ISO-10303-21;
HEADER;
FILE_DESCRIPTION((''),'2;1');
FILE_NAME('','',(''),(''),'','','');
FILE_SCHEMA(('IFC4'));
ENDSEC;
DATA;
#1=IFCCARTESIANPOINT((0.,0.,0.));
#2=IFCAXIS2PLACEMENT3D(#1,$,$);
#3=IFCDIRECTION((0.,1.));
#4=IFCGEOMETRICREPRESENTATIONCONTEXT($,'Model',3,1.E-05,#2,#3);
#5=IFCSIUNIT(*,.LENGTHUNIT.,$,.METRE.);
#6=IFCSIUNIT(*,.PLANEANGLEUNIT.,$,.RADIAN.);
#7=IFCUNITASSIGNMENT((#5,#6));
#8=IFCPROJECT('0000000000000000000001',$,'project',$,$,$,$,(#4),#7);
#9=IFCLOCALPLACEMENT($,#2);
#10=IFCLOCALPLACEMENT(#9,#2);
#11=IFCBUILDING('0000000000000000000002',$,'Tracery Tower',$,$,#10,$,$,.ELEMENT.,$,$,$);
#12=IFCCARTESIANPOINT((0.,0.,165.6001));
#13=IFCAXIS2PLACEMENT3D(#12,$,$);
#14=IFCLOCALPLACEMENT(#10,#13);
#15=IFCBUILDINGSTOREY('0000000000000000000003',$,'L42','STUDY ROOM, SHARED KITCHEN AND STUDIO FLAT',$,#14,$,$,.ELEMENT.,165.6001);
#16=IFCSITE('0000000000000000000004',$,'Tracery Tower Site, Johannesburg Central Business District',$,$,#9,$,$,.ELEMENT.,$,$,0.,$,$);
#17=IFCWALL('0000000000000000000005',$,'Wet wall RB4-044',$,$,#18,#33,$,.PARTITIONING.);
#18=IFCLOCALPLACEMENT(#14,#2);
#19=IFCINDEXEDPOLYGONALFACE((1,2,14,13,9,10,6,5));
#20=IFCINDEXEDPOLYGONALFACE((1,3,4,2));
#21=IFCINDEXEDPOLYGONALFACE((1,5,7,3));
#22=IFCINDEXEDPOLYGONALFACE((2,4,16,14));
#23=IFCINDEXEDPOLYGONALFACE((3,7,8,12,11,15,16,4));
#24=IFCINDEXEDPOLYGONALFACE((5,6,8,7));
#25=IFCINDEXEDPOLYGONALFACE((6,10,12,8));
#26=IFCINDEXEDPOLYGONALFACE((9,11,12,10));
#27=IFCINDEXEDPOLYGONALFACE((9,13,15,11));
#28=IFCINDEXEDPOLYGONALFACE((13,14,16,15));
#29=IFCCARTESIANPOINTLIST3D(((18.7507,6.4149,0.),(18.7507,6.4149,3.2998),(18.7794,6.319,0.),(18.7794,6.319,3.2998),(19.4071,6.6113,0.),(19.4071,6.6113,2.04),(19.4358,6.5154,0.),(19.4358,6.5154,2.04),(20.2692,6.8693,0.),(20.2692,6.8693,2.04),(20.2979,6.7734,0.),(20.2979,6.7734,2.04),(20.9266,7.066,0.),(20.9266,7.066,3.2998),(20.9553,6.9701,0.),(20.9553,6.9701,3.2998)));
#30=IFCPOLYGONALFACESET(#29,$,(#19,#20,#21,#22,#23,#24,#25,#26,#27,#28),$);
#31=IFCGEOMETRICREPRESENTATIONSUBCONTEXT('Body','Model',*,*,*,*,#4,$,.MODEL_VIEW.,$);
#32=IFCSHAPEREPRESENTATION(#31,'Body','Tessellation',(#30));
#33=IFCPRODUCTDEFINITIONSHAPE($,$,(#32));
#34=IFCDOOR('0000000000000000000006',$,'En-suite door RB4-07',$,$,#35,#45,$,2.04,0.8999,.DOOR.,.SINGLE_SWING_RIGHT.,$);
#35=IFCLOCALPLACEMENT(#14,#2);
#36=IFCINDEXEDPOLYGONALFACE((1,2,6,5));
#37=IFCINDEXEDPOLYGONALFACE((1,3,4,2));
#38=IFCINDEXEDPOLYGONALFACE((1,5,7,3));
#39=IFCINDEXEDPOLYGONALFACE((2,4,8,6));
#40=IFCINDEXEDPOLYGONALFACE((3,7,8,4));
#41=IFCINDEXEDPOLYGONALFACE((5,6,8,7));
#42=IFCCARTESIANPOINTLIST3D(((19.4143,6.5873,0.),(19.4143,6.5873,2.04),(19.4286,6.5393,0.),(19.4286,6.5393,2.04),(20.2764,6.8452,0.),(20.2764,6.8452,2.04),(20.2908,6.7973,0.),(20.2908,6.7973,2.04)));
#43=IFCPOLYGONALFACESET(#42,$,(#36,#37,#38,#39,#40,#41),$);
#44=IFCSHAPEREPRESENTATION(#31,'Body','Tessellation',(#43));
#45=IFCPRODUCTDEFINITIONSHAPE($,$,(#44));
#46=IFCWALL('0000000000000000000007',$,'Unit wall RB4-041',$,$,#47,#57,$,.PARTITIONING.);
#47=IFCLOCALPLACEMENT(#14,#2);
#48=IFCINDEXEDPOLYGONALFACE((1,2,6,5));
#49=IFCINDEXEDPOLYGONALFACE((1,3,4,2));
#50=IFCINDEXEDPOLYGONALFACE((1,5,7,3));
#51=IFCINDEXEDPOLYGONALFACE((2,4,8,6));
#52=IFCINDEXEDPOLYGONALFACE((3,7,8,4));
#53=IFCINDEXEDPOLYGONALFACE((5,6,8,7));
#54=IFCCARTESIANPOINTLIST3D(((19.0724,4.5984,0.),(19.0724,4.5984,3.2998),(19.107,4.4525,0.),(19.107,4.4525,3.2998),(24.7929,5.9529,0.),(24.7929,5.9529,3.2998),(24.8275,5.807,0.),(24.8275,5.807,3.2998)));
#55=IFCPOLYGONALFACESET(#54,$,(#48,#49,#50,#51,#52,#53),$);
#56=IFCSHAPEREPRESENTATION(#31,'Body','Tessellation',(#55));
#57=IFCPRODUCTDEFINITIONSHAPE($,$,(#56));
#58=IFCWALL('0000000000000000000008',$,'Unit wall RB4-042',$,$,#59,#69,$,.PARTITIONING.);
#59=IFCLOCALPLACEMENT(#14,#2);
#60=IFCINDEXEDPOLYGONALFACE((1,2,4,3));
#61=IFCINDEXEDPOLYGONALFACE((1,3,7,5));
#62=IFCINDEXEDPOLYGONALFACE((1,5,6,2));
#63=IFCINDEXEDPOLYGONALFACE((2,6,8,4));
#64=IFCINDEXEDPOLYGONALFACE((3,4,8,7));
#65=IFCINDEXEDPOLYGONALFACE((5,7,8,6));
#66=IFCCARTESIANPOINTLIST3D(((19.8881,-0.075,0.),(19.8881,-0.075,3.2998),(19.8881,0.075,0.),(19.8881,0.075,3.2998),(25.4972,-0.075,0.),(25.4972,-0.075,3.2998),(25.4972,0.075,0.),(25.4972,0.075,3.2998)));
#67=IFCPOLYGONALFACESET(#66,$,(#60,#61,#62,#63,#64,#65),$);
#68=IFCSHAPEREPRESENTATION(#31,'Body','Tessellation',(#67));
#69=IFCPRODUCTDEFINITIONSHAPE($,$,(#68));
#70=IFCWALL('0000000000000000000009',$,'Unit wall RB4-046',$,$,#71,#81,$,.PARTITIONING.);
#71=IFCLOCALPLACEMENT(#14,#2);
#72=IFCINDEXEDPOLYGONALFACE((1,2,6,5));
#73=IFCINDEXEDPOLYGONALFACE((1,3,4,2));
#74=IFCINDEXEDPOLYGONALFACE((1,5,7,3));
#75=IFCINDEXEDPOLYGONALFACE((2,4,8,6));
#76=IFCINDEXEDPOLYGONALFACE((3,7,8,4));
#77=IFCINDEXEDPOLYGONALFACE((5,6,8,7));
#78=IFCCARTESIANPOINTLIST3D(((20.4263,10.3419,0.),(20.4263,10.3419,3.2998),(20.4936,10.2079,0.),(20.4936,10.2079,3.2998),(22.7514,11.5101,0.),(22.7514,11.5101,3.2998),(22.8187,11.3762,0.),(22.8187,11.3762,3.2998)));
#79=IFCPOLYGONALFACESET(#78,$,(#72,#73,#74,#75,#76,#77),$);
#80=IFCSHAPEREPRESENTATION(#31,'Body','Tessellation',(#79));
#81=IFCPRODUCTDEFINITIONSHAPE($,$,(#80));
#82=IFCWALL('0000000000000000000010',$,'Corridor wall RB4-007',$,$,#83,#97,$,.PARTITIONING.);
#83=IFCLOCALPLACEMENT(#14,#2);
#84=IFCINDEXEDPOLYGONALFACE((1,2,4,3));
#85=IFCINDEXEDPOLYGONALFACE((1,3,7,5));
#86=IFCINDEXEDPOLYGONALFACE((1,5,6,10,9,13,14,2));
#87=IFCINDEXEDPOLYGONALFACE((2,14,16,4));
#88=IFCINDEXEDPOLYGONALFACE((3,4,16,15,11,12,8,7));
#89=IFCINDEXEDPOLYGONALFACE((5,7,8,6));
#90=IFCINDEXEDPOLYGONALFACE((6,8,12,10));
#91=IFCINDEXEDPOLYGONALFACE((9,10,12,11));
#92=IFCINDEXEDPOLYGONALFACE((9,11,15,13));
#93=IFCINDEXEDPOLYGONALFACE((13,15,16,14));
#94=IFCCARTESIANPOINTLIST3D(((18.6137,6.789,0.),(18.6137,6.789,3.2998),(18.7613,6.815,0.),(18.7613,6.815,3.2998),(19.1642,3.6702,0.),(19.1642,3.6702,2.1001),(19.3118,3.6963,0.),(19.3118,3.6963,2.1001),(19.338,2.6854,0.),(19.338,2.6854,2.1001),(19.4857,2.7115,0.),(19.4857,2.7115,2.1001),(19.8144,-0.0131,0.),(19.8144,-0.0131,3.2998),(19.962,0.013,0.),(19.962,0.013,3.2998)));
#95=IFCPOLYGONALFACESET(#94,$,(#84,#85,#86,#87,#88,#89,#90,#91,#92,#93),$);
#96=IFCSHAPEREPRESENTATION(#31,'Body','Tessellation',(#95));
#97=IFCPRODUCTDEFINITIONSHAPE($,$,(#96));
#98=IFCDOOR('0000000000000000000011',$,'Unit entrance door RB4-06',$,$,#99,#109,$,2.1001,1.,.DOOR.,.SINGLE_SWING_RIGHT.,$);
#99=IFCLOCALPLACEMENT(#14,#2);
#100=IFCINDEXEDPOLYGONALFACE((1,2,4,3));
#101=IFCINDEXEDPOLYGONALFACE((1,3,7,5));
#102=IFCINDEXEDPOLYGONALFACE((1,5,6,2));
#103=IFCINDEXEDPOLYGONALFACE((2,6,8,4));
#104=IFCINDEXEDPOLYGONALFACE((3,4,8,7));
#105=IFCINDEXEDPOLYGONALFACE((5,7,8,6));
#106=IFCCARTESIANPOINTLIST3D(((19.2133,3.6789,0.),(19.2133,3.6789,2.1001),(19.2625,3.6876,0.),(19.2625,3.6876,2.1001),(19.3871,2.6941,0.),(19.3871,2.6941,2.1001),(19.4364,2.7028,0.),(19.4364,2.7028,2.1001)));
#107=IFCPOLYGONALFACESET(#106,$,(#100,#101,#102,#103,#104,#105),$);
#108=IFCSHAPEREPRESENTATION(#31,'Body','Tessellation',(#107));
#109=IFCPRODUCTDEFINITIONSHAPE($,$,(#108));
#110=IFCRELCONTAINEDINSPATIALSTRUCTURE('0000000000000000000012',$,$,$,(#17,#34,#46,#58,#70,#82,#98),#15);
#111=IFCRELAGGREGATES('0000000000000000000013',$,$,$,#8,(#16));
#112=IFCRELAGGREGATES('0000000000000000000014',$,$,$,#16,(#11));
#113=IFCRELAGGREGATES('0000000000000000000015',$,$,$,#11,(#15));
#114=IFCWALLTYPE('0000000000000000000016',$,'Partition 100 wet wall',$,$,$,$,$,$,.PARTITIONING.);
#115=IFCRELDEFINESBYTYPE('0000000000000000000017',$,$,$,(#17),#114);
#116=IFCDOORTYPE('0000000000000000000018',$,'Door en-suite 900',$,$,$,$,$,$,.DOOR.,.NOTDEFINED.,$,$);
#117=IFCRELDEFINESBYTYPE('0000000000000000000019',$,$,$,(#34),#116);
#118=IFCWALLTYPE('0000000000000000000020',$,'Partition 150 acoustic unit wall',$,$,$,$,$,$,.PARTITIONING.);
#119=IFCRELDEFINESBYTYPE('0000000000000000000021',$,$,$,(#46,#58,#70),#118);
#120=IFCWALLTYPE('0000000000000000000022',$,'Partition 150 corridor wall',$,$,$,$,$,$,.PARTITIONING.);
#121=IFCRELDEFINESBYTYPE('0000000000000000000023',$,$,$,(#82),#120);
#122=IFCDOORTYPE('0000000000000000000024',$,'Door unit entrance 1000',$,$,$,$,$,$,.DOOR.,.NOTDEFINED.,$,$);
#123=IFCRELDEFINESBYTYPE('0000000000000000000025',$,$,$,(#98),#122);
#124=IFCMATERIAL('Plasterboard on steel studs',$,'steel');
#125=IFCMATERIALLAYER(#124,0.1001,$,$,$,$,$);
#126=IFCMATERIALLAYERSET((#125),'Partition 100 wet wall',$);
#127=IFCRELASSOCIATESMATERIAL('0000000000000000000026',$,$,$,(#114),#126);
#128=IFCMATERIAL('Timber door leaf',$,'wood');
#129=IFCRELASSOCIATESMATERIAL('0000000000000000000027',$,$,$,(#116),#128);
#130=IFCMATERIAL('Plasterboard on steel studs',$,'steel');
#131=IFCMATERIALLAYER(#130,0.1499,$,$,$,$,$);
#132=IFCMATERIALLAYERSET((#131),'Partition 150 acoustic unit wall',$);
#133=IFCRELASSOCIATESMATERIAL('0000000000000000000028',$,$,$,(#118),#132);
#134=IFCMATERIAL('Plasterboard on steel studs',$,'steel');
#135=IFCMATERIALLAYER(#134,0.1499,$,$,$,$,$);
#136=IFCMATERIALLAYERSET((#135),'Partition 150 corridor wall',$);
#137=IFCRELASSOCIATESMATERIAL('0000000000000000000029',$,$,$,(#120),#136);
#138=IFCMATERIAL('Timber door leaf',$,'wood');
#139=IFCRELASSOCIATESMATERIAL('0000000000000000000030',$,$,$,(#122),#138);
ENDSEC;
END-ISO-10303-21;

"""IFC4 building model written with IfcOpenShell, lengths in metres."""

from ifc_helpers import new_model, si_unit, direction, frame, frame_2d, origin, place, context, subcontext, project, spatial, rectangle, extrude, material, layer, layer_set, type_object, element, fill, save


model = new_model("IFC4")

# Units and contexts
model_context = context("Model", 3, precision=1e-05, world=origin(), true_north=direction((0.0, 1.0)))
body_context = subcontext(model_context, "Body", "Model", "MODEL_VIEW")
ifc_project = project(units=[si_unit("LENGTHUNIT", "METRE"), si_unit("PLANEANGLEUNIT", "RADIAN")], contexts=[model_context])

# Site, building, storey
site_placement = place(None, origin())
site = spatial("IfcSite", under=ifc_project, at=site_placement, Name="Tracery Tower Site, Johannesburg Central Business District", CompositionType="ELEMENT", RefElevation=0.0)
building_placement = place(site_placement, origin())
building = spatial("IfcBuilding", under=site, at=building_placement, Name="Tracery Tower", CompositionType="ELEMENT")
storey_placement = place(building_placement, frame((0.0, 0.0, 165.6001)))
storey = spatial("IfcBuildingStorey", under=building, at=storey_placement, Name="L42", Description="STUDY ROOM, SHARED KITCHEN AND STUDIO FLAT", CompositionType="ELEMENT", Elevation=165.6001)

# Shared definitions
ifc_material_1 = material(Name="Plasterboard on steel studs", Category="steel")
ifc_layer_1 = layer(ifc_material_1, 0.1001)
ifc_layer_set_1 = layer_set([ifc_layer_1], Name="Partition 100 wet wall")
wall_type_1 = type_object("IfcWallType", Name="Partition 100 wet wall", PredefinedType="PARTITIONING", material=ifc_layer_set_1)

# Shared definitions
ifc_material_2 = material(Name="Timber door leaf", Category="wood")
door_type_1 = type_object("IfcDoorType", Name="Door en-suite 900", OperationType="NOTDEFINED", PredefinedType="DOOR", material=ifc_material_2)

# Wall, opening, door
wall_1_placement = place(storey_placement, frame((18.7649, 6.3669, 0.0), z_axis=(0.0, 0.0, 1.0), x_axis=(0.95803, 0.286667, 0.0)))
wall_1 = element("IfcWall", 1, at=wall_1_placement, inside=storey, type_object=wall_type_1, Name="Wet wall RB4-044", PredefinedType="PARTITIONING", context=body_context, shape_type="SweptSolid", body=[
    extrude(rectangle(XDim=2.2712, YDim=0.1001, at=frame_2d((1.1357, 0.0))), origin(), (0.0, 0.0, 1.0), 3.2998),
])
opening_1_placement = place(wall_1_placement, frame((0.6853, 0.0, 0.0)))
opening_1 = element("IfcOpeningElement", 2, at=opening_1_placement, cuts=wall_1, PredefinedType="OPENING", context=body_context, shape_type="SweptSolid", body=[
    extrude(rectangle(XDim=0.8999, YDim=2.04, at=frame_2d((0.45, 1.02))), frame((0.0, 0.05, 0.0), z_axis=(0.0, -1.0, 0.0), x_axis=(1.0, 0.0, 0.0)), (0.0, 0.0, 1.0), 0.1001),
])
door_1_placement = place(opening_1_placement, origin())
door_1 = element("IfcDoor", 3, at=door_1_placement, inside=storey, type_object=door_type_1, Name="En-suite door RB4-07", OperationType="SINGLE_SWING_RIGHT", OverallHeight=2.04, OverallWidth=0.8999, PredefinedType="DOOR", context=body_context, shape_type="SweptSolid", body=[
    extrude(rectangle(XDim=0.8999, YDim=2.04, at=frame_2d((0.45, 1.02))), frame((0.0, 0.0249, 0.0), z_axis=(0.0, -1.0, 0.0), x_axis=(1.0, 0.0, 0.0)), (0.0, 0.0, 1.0), 0.05),
])
fill(opening_1, door_1)

# Walls
ifc_material_3 = material(Name="Plasterboard on steel studs", Category="steel")
ifc_layer_2 = layer(ifc_material_3, 0.1499)
ifc_layer_set_2 = layer_set([ifc_layer_2], Name="Partition 150 acoustic unit wall")
wall_type_2 = type_object("IfcWallType", Name="Partition 150 acoustic unit wall", PredefinedType="PARTITIONING", material=ifc_layer_set_2)
wall_2_placement = place(storey_placement, frame((19.0896, 4.5254, 0.0), z_axis=(0.0, 0.0, 1.0), x_axis=(0.973094, 0.230409, 0.0)))
element("IfcWall", 4, at=wall_2_placement, inside=storey, type_object=wall_type_2, Name="Unit wall RB4-041", PredefinedType="PARTITIONING", context=body_context, shape_type="SweptSolid", body=[
    extrude(rectangle(XDim=5.8787, YDim=0.1499, at=frame_2d((2.9395, 0.0))), origin(), (0.0, 0.0, 1.0), 3.2998),
])
wall_3_placement = place(storey_placement, frame((19.8879, 0.0, 0.0), z_axis=(0.0, 0.0, 1.0), x_axis=(1.0, 0.0, 0.0)))
element("IfcWall", 5, at=wall_3_placement, inside=storey, type_object=wall_type_2, Name="Unit wall RB4-042", PredefinedType="PARTITIONING", context=body_context, shape_type="SweptSolid", body=[
    extrude(rectangle(XDim=5.6091, YDim=0.1499, at=frame_2d((2.8047, 0.0))), origin(), (0.0, 0.0, 1.0), 3.2998),
])
wall_4_placement = place(storey_placement, frame((20.46, 10.2749, 0.0), z_axis=(0.0, 0.0, 1.0), x_axis=(0.893543, 0.448977, 0.0)))
element("IfcWall", 6, at=wall_4_placement, inside=storey, type_object=wall_type_2, Name="Unit wall RB4-046", PredefinedType="PARTITIONING", context=body_context, shape_type="SweptSolid", body=[
    extrude(rectangle(XDim=2.6021, YDim=0.1499, at=frame_2d((1.301, 0.0))), origin(), (0.0, 0.0, 1.0), 3.2998),
])

# Wall, opening, door
ifc_material_4 = material(Name="Plasterboard on steel studs", Category="steel")
ifc_layer_3 = layer(ifc_material_4, 0.1499)
ifc_layer_set_3 = layer_set([ifc_layer_3], Name="Partition 150 corridor wall")
wall_type_3 = type_object("IfcWallType", Name="Partition 150 corridor wall", PredefinedType="PARTITIONING", material=ifc_layer_set_3)
wall_5_placement = place(storey_placement, frame((18.6875, 6.802, 0.0), z_axis=(0.0, 0.0, 1.0), x_axis=(0.173832, -0.984775, 0.0)))
wall_5 = element("IfcWall", 7, at=wall_5_placement, inside=storey, type_object=wall_type_3, Name="Corridor wall RB4-007", PredefinedType="PARTITIONING", context=body_context, shape_type="SweptSolid", body=[
    extrude(rectangle(XDim=6.9072, YDim=0.1499, at=frame_2d((3.4536, 0.0))), origin(), (0.0, 0.0, 1.0), 3.2998),
])
opening_2_placement = place(wall_5_placement, frame((3.167, 0.0, 0.0)))
opening_2 = element("IfcOpeningElement", 8, at=opening_2_placement, cuts=wall_5, PredefinedType="OPENING", context=body_context, shape_type="SweptSolid", body=[
    extrude(rectangle(XDim=1.0, YDim=2.1001, at=frame_2d((0.5, 1.05))), frame((0.0, 0.075, 0.0), z_axis=(0.0, -1.0, 0.0), x_axis=(1.0, 0.0, 0.0)), (0.0, 0.0, 1.0), 0.1499),
])
ifc_material_5 = material(Name="Timber door leaf", Category="wood")
door_type_2 = type_object("IfcDoorType", Name="Door unit entrance 1000", OperationType="NOTDEFINED", PredefinedType="DOOR", material=ifc_material_5)
door_2_placement = place(opening_2_placement, origin())
door_2 = element("IfcDoor", 9, at=door_2_placement, inside=storey, type_object=door_type_2, Name="Unit entrance door RB4-06", OperationType="SINGLE_SWING_RIGHT", OverallHeight=2.1001, OverallWidth=1.0, PredefinedType="DOOR", context=body_context, shape_type="SweptSolid", body=[
    extrude(rectangle(XDim=1.0, YDim=2.1001, at=frame_2d((0.5, 1.05))), frame((0.0, 0.0249, 0.0), z_axis=(0.0, -1.0, 0.0), x_axis=(1.0, 0.0, 0.0)), (0.0, 0.0, 1.0), 0.05),
])
fill(opening_2, door_2)

save(model, "model.ifc")
